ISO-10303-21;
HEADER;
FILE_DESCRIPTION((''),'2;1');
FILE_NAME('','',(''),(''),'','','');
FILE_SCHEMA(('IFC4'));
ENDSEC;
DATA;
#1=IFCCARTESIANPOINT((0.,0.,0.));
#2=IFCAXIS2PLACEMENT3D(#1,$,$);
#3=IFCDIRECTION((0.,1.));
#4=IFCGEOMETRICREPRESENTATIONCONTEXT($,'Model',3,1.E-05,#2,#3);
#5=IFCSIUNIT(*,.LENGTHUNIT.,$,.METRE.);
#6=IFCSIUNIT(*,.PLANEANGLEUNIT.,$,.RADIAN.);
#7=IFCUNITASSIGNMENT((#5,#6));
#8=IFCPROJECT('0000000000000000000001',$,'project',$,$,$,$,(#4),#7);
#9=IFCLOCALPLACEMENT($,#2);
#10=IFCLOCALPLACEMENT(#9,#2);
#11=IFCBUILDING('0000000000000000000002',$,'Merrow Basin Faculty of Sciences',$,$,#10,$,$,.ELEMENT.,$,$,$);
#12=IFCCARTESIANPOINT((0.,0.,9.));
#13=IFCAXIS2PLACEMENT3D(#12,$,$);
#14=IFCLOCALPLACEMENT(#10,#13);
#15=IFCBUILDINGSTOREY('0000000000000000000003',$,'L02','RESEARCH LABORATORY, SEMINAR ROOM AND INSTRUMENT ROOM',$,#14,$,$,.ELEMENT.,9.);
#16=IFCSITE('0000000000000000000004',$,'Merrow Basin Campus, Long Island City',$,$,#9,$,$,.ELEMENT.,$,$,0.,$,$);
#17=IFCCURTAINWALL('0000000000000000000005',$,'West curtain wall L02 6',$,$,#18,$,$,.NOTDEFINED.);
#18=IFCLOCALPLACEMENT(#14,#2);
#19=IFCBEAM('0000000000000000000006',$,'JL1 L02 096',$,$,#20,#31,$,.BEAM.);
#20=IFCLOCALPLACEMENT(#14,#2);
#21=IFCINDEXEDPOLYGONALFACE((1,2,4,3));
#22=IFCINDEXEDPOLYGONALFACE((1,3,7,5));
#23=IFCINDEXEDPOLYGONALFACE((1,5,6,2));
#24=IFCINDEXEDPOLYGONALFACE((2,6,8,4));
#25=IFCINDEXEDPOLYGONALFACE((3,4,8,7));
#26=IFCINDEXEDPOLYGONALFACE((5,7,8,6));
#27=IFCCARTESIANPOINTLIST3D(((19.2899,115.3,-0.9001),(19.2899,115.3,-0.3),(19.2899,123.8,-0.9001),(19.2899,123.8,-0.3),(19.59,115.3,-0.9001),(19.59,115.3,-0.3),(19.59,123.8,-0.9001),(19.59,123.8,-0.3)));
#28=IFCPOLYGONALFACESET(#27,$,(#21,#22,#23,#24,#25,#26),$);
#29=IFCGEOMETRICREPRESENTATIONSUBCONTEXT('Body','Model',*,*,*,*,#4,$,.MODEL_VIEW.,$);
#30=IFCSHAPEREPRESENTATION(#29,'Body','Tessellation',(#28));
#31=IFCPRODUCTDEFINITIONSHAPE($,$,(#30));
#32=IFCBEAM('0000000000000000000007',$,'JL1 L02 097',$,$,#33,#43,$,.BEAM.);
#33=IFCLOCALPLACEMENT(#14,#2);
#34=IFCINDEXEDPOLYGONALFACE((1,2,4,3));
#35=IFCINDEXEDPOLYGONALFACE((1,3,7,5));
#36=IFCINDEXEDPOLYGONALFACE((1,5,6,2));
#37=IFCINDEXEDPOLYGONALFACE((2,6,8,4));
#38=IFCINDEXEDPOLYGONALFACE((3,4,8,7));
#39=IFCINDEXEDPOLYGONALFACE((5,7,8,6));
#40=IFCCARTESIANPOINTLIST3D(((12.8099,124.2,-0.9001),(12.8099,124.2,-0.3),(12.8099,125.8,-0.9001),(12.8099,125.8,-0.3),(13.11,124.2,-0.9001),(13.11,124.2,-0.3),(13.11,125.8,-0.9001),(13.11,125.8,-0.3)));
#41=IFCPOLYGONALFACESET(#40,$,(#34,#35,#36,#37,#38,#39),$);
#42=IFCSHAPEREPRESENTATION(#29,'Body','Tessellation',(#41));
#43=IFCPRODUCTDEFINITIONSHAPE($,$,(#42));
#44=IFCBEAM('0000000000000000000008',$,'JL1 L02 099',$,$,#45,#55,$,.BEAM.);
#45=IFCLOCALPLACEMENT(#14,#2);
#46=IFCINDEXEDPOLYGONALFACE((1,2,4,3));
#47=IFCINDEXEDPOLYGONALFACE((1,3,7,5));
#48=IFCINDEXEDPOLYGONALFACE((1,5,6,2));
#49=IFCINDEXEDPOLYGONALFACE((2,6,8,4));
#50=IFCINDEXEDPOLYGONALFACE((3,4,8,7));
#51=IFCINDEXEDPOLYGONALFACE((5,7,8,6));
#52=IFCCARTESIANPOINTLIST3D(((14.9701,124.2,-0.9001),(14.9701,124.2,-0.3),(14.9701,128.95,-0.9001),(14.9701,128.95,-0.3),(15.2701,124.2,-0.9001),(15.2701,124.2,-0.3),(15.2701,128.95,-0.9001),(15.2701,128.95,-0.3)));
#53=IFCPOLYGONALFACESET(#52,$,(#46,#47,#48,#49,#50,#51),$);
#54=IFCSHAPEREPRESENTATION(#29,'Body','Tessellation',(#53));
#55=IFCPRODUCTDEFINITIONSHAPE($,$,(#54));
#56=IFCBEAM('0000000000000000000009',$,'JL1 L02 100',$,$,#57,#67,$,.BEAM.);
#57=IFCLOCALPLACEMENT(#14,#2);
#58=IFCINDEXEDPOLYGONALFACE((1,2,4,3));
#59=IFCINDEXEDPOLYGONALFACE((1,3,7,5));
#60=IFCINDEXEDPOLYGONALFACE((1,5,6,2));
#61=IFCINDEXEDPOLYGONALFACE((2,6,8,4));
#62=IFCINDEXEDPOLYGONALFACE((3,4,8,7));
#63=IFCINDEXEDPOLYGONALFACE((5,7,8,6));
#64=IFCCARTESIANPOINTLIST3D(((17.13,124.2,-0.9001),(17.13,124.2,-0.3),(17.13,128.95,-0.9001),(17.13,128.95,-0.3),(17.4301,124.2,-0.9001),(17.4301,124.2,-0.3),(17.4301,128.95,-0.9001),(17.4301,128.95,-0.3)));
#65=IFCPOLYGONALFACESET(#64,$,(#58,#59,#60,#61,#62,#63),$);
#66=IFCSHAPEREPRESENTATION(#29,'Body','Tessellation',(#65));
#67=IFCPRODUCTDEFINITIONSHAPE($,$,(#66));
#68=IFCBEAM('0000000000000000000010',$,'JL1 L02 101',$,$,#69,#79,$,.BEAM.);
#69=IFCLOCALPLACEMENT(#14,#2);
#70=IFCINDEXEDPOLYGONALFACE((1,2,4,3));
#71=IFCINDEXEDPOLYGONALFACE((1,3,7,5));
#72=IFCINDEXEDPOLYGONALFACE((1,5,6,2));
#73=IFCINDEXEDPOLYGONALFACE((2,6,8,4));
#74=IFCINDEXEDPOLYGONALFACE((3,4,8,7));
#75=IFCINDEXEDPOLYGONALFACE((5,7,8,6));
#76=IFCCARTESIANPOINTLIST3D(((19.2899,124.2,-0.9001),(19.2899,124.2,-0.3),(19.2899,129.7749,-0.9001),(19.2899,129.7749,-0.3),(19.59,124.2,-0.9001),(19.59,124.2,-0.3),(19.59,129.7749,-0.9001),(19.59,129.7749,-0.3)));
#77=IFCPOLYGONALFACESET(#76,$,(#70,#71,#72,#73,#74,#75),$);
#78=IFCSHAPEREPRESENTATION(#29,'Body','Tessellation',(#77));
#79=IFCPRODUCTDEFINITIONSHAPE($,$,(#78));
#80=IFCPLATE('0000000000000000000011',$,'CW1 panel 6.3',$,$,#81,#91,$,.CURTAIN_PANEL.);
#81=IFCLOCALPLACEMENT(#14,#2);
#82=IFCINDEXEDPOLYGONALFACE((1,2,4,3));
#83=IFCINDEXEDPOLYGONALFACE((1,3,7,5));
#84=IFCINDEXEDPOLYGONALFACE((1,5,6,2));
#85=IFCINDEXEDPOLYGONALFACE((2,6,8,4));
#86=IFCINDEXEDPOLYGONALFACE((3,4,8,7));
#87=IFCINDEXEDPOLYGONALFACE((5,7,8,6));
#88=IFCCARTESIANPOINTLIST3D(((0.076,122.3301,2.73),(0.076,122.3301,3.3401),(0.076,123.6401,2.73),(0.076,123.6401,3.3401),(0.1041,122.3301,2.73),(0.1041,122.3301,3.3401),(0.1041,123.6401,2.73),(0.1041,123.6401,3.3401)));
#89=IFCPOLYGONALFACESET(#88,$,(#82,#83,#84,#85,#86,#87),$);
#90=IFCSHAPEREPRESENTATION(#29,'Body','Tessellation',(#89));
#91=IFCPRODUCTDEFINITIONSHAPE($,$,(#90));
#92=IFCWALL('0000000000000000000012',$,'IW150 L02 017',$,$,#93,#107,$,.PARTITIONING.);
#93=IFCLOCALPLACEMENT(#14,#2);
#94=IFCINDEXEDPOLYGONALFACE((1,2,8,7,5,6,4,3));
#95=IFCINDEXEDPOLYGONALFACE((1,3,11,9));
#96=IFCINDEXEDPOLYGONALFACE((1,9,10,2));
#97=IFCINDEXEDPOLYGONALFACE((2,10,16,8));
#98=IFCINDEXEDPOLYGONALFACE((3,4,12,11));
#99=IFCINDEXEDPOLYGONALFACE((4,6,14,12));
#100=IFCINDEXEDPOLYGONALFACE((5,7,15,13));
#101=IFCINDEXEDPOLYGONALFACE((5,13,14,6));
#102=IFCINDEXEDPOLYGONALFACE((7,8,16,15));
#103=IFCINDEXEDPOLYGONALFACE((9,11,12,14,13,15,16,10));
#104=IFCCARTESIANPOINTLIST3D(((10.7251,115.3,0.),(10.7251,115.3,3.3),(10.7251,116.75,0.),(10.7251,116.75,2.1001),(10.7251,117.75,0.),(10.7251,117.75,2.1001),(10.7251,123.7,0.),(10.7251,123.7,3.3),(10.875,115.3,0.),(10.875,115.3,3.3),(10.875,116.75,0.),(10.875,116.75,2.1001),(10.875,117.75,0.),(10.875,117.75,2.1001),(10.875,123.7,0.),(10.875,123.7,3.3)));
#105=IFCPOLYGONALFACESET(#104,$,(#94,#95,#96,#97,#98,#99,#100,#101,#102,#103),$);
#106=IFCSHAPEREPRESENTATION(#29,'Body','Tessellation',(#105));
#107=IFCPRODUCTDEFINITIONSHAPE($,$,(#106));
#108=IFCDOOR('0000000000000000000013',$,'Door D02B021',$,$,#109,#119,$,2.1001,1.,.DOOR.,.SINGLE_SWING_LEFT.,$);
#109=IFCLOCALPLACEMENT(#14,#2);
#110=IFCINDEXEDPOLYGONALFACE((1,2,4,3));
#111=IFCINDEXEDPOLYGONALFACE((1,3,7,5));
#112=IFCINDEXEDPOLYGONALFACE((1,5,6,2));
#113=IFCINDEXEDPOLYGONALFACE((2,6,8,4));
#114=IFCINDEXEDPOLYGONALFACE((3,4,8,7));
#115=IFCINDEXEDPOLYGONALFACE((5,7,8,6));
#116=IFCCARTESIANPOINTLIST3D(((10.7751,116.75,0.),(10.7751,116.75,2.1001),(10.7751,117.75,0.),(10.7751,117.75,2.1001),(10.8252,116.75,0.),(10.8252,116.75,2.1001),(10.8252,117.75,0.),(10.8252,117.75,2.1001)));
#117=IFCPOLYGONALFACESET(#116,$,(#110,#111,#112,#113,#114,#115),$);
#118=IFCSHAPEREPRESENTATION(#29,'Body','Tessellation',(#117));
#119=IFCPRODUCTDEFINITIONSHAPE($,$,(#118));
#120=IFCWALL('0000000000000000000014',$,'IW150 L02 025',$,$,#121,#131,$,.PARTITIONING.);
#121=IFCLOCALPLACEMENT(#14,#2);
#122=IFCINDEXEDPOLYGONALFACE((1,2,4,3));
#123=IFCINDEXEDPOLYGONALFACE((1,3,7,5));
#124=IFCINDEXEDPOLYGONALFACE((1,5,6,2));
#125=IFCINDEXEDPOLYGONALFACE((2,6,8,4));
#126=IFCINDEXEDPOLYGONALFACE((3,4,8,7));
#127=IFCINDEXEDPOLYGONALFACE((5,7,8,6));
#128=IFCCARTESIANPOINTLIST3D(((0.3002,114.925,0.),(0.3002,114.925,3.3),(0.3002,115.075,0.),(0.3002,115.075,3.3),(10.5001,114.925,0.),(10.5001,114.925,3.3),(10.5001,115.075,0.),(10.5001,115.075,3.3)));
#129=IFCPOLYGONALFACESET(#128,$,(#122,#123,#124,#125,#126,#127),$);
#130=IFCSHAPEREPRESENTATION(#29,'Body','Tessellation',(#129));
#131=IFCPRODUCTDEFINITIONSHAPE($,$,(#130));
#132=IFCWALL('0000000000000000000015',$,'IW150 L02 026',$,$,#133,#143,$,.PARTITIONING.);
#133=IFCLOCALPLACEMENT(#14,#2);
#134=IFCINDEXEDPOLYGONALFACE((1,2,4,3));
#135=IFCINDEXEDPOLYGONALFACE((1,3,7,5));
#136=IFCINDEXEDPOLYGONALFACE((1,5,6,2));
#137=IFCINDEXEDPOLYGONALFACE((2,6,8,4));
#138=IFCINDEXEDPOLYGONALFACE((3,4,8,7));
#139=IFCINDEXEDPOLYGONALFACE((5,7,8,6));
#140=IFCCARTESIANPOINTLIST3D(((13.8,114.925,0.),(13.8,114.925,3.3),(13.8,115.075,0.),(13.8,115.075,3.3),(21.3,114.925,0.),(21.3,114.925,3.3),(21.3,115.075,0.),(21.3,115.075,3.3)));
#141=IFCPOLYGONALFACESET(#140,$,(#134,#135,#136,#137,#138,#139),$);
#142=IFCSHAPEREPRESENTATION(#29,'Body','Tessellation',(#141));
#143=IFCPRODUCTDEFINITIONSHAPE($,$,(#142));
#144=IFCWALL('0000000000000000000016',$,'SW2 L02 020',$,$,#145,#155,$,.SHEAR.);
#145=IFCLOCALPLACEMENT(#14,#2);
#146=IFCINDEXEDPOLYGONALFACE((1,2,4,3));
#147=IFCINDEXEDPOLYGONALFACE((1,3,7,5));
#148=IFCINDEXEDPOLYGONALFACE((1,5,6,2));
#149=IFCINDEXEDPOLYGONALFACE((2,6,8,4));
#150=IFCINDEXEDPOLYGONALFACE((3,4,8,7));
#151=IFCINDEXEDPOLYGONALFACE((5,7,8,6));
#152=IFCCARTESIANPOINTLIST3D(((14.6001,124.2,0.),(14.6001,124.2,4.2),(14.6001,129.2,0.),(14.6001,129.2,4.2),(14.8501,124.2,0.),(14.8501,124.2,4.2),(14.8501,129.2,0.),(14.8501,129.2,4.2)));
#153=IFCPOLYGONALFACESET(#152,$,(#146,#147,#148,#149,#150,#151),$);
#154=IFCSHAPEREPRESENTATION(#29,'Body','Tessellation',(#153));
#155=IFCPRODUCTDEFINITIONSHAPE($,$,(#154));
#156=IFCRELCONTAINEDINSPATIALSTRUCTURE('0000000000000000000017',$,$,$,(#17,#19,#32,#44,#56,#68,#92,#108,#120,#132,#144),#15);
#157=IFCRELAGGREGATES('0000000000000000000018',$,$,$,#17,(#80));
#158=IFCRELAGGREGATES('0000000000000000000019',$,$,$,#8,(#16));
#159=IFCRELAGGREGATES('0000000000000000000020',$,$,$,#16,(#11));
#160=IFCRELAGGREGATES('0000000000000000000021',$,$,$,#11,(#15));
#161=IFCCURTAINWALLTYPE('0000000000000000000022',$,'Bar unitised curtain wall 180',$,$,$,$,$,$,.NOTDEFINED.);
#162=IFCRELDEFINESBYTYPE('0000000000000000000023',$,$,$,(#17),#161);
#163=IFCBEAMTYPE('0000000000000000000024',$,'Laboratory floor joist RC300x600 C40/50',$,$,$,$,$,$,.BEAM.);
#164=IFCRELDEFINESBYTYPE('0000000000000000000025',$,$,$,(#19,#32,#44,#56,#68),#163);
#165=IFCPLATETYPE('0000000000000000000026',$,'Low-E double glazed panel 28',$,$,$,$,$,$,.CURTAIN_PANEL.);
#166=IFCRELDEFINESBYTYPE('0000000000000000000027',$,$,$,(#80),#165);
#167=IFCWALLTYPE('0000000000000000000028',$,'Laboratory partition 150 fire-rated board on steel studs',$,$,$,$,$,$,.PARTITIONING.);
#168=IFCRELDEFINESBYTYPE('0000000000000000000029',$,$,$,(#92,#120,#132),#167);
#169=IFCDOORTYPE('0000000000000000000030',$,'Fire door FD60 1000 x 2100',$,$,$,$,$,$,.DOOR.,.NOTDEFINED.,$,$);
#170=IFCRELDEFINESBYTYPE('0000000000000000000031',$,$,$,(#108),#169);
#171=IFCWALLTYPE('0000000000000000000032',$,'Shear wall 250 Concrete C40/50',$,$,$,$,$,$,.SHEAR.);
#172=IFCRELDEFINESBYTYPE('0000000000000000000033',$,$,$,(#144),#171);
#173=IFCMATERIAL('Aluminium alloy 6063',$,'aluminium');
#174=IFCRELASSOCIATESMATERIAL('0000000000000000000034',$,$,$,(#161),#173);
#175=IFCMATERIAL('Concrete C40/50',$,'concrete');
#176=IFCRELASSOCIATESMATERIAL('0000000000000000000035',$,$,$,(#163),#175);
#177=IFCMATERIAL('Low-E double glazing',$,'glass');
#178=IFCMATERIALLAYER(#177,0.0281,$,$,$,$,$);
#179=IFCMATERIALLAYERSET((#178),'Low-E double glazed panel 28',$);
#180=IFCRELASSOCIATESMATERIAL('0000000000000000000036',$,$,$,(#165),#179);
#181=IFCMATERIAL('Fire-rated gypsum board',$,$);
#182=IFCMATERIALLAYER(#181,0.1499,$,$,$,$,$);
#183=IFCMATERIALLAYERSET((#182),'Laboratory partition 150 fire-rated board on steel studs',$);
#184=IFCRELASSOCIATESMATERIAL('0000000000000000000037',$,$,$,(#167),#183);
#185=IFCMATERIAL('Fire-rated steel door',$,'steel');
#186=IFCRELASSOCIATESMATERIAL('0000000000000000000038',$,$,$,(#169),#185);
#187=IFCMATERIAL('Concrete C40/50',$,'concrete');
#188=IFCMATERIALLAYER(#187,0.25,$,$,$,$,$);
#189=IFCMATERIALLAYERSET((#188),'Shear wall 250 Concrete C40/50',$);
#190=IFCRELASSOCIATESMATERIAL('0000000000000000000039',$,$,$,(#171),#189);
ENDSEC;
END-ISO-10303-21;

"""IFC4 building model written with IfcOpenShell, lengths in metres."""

from ifc_helpers import new_model, si_unit, direction, frame, frame_2d, origin, origin_2d, place, context, subcontext, project, spatial, rectangle, extrude, material, layer, layer_set, material_profile, profile_set, type_object, element, fill, aggregate, save


model = new_model("IFC4")

# Units and contexts
model_context = context("Model", 3, precision=1e-05, world=origin(), true_north=direction((0.0, 1.0)))
body_context = subcontext(model_context, "Body", "Model", "MODEL_VIEW")
ifc_project = project(units=[si_unit("LENGTHUNIT", "METRE"), si_unit("PLANEANGLEUNIT", "RADIAN")], contexts=[model_context])

# Site, building, storey
site_placement = place(None, origin())
site = spatial("IfcSite", under=ifc_project, at=site_placement, Name="Merrow Basin Campus, Long Island City", CompositionType="ELEMENT", RefElevation=0.0)
building_placement = place(site_placement, origin())
building = spatial("IfcBuilding", under=site, at=building_placement, Name="Merrow Basin Faculty of Sciences", CompositionType="ELEMENT")
storey_placement = place(building_placement, frame((0.0, 0.0, 9.0)))
storey = spatial("IfcBuildingStorey", under=building, at=storey_placement, Name="L02", Description="RESEARCH LABORATORY, SEMINAR ROOM AND INSTRUMENT ROOM", CompositionType="ELEMENT", Elevation=9.0)

# Curtain wall
ifc_material_1 = material(Name="Aluminium alloy 6063", Category="aluminium")
curtain_wall_type = type_object("IfcCurtainWallType", Name="Bar unitised curtain wall 180", PredefinedType="NOTDEFINED", material=ifc_material_1)
curtain_wall_placement = place(storey_placement, origin())
curtain_wall = element("IfcCurtainWall", 1, at=curtain_wall_placement, inside=storey, type_object=curtain_wall_type, Name="West curtain wall L02 6", PredefinedType="NOTDEFINED")

# Beams
ifc_material_2 = material(Name="Concrete C40/50", Category="concrete")
ifc_material_profile_1 = material_profile(ifc_material_2, rectangle(XDim=0.3, YDim=0.6001, at=origin_2d()))
ifc_profile_set_1 = profile_set([ifc_material_profile_1], Name="Concrete C40/50")
beam_type_1 = type_object("IfcBeamType", Name="Laboratory floor joist RC300x600 C40/50", PredefinedType="BEAM", material=ifc_profile_set_1)
for number, where, z_axis, x_axis, name in (
    (2, (19.4399, 115.3, -0.6001), (0.0, 1.0, 0.0), (-1.0, 0.0, 0.0), "JL1 L02 096"),
):
    element("IfcBeam", number, at=place(storey_placement, frame(where, z_axis=z_axis, x_axis=x_axis)), inside=storey, type_object=beam_type_1, Name=name, PredefinedType="BEAM", context=body_context, shape_type="SweptSolid", body=[
        extrude(rectangle(XDim=0.3, YDim=0.6001, at=origin_2d()), origin(), (0.0, 0.0, 1.0), 8.5),
    ])
beam_1_placement = place(storey_placement, frame((12.96, 124.2, -0.6001), z_axis=(0.0, 1.0, 0.0), x_axis=(-1.0, 0.0, 0.0)))
element("IfcBeam", 3, at=beam_1_placement, inside=storey, type_object=beam_type_1, Name="JL1 L02 097", PredefinedType="BEAM", context=body_context, shape_type="SweptSolid", body=[
    extrude(rectangle(XDim=0.3, YDim=0.6001, at=origin_2d()), origin(), (0.0, 0.0, 1.0), 1.6001),
])
for number, where, z_axis, x_axis, name in (
    (4, (15.1201, 124.2, -0.6001), (0.0, 1.0, 0.0), (-1.0, 0.0, 0.0), "JL1 L02 099"),
    (5, (17.28, 124.2, -0.6001), (0.0, 1.0, 0.0), (-1.0, 0.0, 0.0), "JL1 L02 100"),
):
    element("IfcBeam", number, at=place(storey_placement, frame(where, z_axis=z_axis, x_axis=x_axis)), inside=storey, type_object=beam_type_1, Name=name, PredefinedType="BEAM", context=body_context, shape_type="SweptSolid", body=[
        extrude(rectangle(XDim=0.3, YDim=0.6001, at=origin_2d()), origin(), (0.0, 0.0, 1.0), 4.75),
    ])
beam_2_placement = place(storey_placement, frame((19.4399, 124.2, -0.6001), z_axis=(0.0, 1.0, 0.0), x_axis=(-1.0, 0.0, 0.0)))
element("IfcBeam", 6, at=beam_2_placement, inside=storey, type_object=beam_type_1, Name="JL1 L02 101", PredefinedType="BEAM", context=body_context, shape_type="SweptSolid", body=[
    extrude(rectangle(XDim=0.3, YDim=0.6001, at=origin_2d()), origin(), (0.0, 0.0, 1.0), 5.575),
])

# Plate
ifc_material_3 = material(Name="Low-E double glazing", Category="glass")
ifc_layer_1 = layer(ifc_material_3, 0.0281)
ifc_layer_set_1 = layer_set([ifc_layer_1], Name="Low-E double glazed panel 28")
plate_type = type_object("IfcPlateType", Name="Low-E double glazed panel 28", PredefinedType="CURTAIN_PANEL", material=ifc_layer_set_1)
plate_placement = place(storey_placement, frame((0.0901, 122.9851, 2.73), z_axis=(0.0, 0.0, 1.0), x_axis=(0.0, 1.0, 0.0)))
plate = element("IfcPlate", 7, at=plate_placement, type_object=plate_type, Name="CW1 panel 6.3", PredefinedType="CURTAIN_PANEL", context=body_context, shape_type="SweptSolid", body=[
    extrude(rectangle(XDim=1.3101, YDim=0.0281, at=origin_2d()), origin(), (0.0, 0.0, 1.0), 0.6101),
])
aggregate(curtain_wall, [plate])

# Wall, opening, door
ifc_material_4 = material(Name="Fire-rated gypsum board")
ifc_layer_2 = layer(ifc_material_4, 0.1499)
ifc_layer_set_2 = layer_set([ifc_layer_2], Name="Laboratory partition 150 fire-rated board on steel studs")
wall_type_1 = type_object("IfcWallType", Name="Laboratory partition 150 fire-rated board on steel studs", PredefinedType="PARTITIONING", material=ifc_layer_set_2)
wall_1_placement = place(storey_placement, frame((10.8, 115.3, 0.0), z_axis=(0.0, 0.0, 1.0), x_axis=(0.0, 1.0, 0.0)))
wall_1 = element("IfcWall", 8, at=wall_1_placement, inside=storey, type_object=wall_type_1, Name="IW150 L02 017", PredefinedType="PARTITIONING", context=body_context, shape_type="SweptSolid", body=[
    extrude(rectangle(XDim=8.3999, YDim=0.1499, at=frame_2d((4.2, 0.0))), origin(), (0.0, 0.0, 1.0), 3.3),
])
opening_1_placement = place(wall_1_placement, frame((1.45, 0.0, 0.0)))
opening_1 = element("IfcOpeningElement", 9, at=opening_1_placement, cuts=wall_1, PredefinedType="OPENING", context=body_context, shape_type="SweptSolid", body=[
    extrude(rectangle(XDim=1.0, YDim=2.1001, at=frame_2d((0.5, 1.05))), frame((0.0, 0.085, 0.0), z_axis=(0.0, -1.0, 0.0), x_axis=(1.0, 0.0, 0.0)), (0.0, 0.0, 1.0), 0.1699),
])
ifc_material_5 = material(Name="Fire-rated steel door", Category="steel")
door_type_1 = type_object("IfcDoorType", Name="Fire door FD60 1000 x 2100", OperationType="NOTDEFINED", PredefinedType="DOOR", material=ifc_material_5)
door_1_placement = place(opening_1_placement, origin())
door_1 = element("IfcDoor", 10, at=door_1_placement, inside=storey, type_object=door_type_1, Name="Door D02B021", OperationType="SINGLE_SWING_LEFT", OverallHeight=2.1001, OverallWidth=1.0, PredefinedType="DOOR", context=body_context, shape_type="SweptSolid", body=[
    extrude(rectangle(XDim=1.0, YDim=2.1001, at=frame_2d((0.5, 1.05))), frame((0.0, 0.0249, 0.0), z_axis=(0.0, -1.0, 0.0), x_axis=(1.0, 0.0, 0.0)), (0.0, 0.0, 1.0), 0.05),
])
fill(opening_1, door_1)

# Walls
wall_2_placement = place(storey_placement, frame((0.3, 115.0, 0.0), z_axis=(0.0, 0.0, 1.0), x_axis=(1.0, 0.0, 0.0)))
element("IfcWall", 11, at=wall_2_placement, inside=storey, type_object=wall_type_1, Name="IW150 L02 025", PredefinedType="PARTITIONING", context=body_context, shape_type="SweptSolid", body=[
    extrude(rectangle(XDim=10.2, YDim=0.1499, at=frame_2d((5.1001, 0.0))), origin(), (0.0, 0.0, 1.0), 3.3),
])
wall_3_placement = place(storey_placement, frame((13.8, 115.0, 0.0), z_axis=(0.0, 0.0, 1.0), x_axis=(1.0, 0.0, 0.0)))
element("IfcWall", 12, at=wall_3_placement, inside=storey, type_object=wall_type_1, Name="IW150 L02 026", PredefinedType="PARTITIONING", context=body_context, shape_type="SweptSolid", body=[
    extrude(rectangle(XDim=7.5, YDim=0.1499, at=frame_2d((3.75, 0.0))), origin(), (0.0, 0.0, 1.0), 3.3),
])
ifc_material_6 = material(Name="Concrete C40/50", Category="concrete")
ifc_layer_3 = layer(ifc_material_6, 0.25)
ifc_layer_set_3 = layer_set([ifc_layer_3], Name="Shear wall 250 Concrete C40/50")
wall_type_2 = type_object("IfcWallType", Name="Shear wall 250 Concrete C40/50", PredefinedType="SHEAR", material=ifc_layer_set_3)
wall_4_placement = place(storey_placement, frame((14.7251, 124.2, 0.0), z_axis=(0.0, 0.0, 1.0), x_axis=(0.0, 1.0, 0.0)))
element("IfcWall", 13, at=wall_4_placement, inside=storey, type_object=wall_type_2, Name="SW2 L02 020", PredefinedType="SHEAR", context=body_context, shape_type="SweptSolid", body=[
    extrude(rectangle(XDim=5.0, YDim=0.25, at=frame_2d((2.5, 0.0))), origin(), (0.0, 0.0, 1.0), 4.2),
])

save(model, "model.ifc")
